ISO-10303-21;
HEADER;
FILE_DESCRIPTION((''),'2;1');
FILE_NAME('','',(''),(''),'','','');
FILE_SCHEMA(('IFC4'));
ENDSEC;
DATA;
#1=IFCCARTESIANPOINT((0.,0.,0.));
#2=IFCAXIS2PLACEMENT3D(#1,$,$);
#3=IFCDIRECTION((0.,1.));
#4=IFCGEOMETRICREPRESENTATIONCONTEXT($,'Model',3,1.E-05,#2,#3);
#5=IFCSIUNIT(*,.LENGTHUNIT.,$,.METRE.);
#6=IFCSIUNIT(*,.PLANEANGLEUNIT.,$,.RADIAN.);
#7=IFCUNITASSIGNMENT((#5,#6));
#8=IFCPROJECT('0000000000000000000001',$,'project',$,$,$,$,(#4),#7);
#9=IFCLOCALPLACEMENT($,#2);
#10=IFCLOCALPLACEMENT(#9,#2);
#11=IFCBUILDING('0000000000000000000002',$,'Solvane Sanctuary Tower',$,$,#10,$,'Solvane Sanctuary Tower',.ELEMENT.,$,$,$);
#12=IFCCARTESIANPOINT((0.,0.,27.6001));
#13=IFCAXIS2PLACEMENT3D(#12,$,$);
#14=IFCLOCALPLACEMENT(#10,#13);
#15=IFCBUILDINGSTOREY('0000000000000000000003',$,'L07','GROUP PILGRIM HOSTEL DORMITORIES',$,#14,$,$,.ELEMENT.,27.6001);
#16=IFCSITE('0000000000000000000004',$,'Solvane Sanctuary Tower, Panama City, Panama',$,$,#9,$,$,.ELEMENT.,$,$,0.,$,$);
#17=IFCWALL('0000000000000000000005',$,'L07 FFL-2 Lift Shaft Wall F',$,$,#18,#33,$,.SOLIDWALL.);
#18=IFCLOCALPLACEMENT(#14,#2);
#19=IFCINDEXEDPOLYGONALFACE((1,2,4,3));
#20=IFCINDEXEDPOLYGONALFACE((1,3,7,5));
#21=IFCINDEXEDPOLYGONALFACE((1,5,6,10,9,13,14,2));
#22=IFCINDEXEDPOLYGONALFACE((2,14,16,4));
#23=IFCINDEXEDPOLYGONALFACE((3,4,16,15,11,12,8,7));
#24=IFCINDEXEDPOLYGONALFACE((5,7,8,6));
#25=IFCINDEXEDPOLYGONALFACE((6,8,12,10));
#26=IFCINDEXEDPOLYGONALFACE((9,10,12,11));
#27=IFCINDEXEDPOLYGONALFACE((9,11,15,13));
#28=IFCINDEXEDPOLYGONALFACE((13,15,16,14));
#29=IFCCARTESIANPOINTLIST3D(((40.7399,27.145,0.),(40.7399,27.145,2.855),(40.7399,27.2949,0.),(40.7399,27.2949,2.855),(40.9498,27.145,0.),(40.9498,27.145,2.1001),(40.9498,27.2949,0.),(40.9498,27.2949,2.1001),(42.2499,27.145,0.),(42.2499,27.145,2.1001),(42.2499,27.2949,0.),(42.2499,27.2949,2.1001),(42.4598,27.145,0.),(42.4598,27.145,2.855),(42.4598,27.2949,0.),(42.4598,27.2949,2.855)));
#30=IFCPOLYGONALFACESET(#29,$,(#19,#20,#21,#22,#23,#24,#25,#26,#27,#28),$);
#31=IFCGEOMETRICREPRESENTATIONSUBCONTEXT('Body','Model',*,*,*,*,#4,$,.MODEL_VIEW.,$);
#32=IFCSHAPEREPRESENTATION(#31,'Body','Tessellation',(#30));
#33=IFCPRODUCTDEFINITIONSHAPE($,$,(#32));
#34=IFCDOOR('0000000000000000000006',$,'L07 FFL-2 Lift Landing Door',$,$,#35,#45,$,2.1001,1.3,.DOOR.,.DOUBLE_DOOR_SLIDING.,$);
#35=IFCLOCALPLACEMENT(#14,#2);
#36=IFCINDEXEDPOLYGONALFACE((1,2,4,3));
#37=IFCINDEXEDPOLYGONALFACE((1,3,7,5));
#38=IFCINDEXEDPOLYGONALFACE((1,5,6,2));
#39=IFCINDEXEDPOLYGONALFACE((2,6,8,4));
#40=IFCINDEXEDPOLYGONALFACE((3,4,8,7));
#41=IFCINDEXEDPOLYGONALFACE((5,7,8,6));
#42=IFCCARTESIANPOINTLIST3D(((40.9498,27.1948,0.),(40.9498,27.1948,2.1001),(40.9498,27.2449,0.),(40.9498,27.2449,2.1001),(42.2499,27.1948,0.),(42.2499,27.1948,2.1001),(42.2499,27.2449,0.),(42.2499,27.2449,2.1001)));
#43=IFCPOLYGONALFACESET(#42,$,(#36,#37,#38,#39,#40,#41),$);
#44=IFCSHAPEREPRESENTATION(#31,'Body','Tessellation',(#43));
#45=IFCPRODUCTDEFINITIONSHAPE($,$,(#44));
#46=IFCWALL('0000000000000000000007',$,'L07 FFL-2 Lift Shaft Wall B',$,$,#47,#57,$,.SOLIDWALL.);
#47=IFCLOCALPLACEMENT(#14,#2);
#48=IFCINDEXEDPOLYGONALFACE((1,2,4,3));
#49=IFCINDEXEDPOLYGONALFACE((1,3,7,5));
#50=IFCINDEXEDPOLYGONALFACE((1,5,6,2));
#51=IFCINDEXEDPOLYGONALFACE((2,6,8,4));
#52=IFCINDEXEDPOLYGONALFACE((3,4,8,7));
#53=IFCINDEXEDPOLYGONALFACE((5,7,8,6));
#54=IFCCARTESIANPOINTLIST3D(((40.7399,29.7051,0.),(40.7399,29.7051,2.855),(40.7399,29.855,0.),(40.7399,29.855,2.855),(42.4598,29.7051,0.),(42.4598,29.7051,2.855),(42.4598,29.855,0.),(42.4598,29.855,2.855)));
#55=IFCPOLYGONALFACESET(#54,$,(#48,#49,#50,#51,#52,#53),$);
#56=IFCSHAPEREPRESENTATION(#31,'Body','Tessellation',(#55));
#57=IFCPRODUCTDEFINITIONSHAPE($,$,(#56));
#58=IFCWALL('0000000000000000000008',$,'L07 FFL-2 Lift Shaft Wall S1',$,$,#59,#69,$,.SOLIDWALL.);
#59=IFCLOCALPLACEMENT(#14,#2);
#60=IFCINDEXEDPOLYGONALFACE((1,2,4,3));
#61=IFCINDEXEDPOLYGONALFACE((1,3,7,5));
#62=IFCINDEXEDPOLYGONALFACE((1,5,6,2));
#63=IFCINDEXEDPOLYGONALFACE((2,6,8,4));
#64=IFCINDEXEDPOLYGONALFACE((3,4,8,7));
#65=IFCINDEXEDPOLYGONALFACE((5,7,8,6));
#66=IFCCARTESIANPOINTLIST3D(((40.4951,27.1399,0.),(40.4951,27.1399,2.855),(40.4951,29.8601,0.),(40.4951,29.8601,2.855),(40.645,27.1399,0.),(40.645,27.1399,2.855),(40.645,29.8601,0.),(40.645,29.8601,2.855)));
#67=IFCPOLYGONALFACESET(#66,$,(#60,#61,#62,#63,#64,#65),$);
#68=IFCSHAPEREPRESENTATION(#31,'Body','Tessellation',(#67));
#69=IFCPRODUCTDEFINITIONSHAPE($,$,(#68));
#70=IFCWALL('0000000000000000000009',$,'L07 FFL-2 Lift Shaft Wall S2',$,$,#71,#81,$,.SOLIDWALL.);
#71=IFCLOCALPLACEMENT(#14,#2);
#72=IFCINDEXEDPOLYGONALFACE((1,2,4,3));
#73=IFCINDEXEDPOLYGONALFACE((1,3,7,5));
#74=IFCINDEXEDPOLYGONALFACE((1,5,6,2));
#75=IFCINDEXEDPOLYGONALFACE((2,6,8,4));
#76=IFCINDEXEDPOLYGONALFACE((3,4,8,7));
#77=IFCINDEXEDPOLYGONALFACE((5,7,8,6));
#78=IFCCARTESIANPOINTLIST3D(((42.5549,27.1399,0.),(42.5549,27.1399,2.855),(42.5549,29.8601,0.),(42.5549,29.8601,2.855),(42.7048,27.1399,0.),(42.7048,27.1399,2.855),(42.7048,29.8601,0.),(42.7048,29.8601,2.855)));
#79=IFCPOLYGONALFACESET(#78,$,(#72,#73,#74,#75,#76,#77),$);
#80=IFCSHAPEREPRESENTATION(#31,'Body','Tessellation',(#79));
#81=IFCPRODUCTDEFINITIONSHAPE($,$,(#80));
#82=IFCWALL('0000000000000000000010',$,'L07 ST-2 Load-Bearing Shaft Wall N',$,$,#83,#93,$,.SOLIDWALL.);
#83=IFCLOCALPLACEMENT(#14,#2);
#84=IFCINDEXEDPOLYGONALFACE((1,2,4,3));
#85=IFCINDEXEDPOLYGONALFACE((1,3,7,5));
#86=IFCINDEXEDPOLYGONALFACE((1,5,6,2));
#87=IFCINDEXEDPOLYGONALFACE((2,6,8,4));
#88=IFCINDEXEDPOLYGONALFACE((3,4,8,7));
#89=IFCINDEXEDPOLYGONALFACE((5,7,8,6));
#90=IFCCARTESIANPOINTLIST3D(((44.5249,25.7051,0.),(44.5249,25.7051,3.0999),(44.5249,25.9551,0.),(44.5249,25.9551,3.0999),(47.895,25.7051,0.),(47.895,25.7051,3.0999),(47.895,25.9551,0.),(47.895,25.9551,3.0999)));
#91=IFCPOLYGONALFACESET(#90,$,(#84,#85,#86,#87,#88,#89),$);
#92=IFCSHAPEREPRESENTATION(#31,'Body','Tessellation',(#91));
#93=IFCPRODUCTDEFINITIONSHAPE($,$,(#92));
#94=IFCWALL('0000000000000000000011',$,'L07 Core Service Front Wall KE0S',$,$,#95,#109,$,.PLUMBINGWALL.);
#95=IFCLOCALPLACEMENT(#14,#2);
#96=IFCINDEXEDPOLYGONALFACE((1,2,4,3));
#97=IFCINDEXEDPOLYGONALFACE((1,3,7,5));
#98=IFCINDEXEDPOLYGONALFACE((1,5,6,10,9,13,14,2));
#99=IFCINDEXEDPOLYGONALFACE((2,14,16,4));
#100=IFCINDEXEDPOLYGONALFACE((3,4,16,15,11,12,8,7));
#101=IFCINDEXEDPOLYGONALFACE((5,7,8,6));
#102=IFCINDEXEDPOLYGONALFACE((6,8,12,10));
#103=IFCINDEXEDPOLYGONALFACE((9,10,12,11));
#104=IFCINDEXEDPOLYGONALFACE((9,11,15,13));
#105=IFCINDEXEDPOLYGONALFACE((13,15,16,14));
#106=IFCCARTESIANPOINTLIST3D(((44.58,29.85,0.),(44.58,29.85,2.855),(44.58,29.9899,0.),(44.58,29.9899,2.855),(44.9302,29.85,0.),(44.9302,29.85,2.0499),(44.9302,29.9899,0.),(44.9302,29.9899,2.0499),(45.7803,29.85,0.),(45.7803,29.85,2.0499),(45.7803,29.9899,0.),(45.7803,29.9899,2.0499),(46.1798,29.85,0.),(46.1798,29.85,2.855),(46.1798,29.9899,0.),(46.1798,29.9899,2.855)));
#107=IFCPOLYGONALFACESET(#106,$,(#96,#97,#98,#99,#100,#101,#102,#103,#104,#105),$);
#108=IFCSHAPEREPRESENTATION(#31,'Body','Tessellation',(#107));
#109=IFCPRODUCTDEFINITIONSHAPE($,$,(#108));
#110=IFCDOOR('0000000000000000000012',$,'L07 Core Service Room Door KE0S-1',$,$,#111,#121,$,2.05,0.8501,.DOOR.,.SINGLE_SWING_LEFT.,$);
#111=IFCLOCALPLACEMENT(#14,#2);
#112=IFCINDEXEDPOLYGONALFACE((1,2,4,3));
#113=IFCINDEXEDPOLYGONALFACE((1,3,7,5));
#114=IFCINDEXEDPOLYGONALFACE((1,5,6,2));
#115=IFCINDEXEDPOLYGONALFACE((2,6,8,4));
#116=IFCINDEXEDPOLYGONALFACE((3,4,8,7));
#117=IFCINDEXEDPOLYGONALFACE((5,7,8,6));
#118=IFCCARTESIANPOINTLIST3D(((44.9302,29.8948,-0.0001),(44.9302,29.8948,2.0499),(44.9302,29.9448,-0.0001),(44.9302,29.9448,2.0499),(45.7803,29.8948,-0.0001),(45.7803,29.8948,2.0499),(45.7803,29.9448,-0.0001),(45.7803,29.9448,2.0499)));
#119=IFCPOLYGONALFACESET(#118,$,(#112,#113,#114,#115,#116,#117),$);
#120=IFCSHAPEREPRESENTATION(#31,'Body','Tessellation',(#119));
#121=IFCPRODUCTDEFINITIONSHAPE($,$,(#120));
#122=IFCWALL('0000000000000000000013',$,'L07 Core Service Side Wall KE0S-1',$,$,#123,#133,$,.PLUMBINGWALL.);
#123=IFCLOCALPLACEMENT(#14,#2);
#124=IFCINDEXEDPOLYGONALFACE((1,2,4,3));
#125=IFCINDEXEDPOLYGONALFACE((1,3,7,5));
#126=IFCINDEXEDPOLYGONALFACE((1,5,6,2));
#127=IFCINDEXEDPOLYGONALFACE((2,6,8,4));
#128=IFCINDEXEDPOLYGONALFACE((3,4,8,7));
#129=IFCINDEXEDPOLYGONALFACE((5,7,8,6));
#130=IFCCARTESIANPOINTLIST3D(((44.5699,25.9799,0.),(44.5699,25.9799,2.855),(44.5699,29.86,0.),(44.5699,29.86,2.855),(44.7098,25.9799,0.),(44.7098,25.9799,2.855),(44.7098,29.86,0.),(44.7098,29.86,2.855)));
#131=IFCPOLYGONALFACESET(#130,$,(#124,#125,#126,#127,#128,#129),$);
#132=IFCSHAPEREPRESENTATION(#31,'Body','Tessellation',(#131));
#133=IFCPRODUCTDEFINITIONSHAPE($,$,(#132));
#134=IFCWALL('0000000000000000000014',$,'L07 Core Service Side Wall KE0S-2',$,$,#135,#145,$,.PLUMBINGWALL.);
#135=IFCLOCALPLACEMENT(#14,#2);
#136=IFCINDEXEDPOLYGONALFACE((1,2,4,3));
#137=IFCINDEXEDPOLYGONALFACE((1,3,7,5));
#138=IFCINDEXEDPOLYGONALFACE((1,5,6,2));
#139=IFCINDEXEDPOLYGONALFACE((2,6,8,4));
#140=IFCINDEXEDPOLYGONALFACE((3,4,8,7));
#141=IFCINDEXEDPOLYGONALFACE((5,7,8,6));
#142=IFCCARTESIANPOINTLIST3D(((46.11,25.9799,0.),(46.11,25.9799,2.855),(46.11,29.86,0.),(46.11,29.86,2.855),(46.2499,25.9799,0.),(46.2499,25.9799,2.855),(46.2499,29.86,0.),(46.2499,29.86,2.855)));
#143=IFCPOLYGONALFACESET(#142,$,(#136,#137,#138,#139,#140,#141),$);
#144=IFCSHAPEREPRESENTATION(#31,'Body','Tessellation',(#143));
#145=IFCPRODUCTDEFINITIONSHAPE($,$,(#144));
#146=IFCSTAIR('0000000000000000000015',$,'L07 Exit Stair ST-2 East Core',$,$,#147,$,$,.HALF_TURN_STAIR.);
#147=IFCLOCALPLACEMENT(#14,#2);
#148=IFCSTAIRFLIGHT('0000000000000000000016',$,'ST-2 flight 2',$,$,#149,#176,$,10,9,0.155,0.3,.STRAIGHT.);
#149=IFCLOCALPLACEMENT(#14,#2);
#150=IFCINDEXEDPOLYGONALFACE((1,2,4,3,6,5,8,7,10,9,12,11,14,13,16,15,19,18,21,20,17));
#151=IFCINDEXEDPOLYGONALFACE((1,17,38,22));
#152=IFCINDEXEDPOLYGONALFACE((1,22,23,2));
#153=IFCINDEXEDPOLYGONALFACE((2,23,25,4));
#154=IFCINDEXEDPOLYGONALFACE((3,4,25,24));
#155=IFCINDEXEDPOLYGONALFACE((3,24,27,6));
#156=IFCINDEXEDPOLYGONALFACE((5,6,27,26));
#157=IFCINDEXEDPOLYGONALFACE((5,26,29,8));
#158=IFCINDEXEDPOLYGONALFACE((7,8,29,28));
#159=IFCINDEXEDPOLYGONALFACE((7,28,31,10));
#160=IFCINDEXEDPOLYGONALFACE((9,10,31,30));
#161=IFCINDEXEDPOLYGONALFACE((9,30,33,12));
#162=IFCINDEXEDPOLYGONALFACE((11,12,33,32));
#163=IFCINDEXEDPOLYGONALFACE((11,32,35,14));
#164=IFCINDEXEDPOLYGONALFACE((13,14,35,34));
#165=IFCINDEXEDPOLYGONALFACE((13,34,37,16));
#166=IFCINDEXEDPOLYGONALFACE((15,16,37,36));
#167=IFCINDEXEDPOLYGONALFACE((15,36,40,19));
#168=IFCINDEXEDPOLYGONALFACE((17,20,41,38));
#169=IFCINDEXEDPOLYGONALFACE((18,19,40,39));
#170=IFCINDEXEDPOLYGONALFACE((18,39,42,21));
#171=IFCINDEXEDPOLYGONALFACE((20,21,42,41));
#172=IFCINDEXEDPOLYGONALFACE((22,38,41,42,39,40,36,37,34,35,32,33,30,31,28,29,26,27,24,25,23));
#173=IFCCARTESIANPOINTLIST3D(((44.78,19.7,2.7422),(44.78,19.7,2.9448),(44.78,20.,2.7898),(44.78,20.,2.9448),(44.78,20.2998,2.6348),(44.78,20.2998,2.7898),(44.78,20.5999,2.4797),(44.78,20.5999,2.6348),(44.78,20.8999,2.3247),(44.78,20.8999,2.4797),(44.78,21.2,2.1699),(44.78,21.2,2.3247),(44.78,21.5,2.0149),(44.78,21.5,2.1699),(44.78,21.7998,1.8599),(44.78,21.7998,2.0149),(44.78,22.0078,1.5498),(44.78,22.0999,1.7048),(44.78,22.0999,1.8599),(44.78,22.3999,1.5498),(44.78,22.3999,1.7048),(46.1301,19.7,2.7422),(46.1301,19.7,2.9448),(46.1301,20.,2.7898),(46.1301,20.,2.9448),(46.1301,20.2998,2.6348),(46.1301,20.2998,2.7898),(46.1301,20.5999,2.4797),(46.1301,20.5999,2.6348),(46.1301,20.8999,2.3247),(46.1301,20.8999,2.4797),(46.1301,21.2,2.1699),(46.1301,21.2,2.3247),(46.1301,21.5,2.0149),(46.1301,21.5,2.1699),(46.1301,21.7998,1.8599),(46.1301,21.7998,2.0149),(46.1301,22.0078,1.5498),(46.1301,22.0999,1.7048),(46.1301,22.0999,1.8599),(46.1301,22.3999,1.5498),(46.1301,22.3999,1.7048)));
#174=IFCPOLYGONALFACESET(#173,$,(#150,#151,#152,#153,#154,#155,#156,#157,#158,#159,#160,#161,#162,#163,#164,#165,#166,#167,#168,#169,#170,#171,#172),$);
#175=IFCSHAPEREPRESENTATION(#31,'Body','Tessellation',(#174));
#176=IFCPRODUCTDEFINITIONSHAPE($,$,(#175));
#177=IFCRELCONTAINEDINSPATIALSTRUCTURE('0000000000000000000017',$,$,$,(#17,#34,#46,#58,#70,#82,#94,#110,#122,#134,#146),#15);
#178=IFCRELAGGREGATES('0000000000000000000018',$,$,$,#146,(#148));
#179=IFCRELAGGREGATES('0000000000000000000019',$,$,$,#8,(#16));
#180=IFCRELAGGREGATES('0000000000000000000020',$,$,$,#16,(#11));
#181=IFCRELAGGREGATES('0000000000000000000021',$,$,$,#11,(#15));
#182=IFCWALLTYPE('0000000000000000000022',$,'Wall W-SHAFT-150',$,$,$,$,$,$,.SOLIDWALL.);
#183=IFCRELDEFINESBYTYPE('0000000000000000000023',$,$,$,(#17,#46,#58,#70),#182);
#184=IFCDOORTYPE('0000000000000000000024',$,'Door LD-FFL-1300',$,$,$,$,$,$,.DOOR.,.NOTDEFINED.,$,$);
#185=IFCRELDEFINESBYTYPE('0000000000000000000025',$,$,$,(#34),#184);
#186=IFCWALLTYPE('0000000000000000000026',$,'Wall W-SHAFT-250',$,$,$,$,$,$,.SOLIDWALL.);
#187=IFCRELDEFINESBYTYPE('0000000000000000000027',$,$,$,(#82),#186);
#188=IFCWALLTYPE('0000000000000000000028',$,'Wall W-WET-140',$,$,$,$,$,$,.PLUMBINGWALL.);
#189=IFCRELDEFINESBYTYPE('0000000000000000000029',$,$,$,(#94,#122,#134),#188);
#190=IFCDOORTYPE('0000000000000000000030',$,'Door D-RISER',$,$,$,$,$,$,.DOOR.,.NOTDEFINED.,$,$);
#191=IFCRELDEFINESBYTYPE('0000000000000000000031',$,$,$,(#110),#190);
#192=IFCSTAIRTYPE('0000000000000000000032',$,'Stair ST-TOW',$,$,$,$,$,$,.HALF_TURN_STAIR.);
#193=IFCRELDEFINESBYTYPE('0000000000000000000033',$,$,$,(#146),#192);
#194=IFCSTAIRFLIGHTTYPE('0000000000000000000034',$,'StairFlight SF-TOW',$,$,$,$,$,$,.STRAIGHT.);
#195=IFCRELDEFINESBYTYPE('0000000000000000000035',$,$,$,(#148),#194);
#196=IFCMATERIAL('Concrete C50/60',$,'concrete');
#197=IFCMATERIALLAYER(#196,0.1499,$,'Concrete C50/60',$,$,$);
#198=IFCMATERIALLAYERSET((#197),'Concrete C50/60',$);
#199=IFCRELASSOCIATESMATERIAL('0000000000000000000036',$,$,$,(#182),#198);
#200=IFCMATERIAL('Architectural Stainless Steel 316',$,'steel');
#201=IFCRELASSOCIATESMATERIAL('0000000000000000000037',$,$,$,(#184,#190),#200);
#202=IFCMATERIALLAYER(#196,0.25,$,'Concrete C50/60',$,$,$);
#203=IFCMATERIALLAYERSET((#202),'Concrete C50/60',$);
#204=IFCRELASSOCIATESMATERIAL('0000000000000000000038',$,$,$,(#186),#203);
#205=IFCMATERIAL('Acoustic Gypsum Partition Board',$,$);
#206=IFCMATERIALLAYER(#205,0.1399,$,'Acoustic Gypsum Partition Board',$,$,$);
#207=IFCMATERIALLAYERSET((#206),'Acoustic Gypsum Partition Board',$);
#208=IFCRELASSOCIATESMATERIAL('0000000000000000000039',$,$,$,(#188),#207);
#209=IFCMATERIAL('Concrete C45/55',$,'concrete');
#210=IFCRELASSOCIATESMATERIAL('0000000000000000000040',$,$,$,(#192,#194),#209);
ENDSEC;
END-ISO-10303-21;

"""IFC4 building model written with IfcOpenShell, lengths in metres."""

from ifc_helpers import new_model, si_unit, direction, frame, frame_2d, origin, place, context, subcontext, project, spatial, polyline, rectangle, outline, extrude, material, layer, layer_set, type_object, element, fill, aggregate, save


model = new_model("IFC4")

# Units and contexts
model_context = context("Model", 3, precision=1e-05, world=origin(), true_north=direction((0.0, 1.0)))
body_context = subcontext(model_context, "Body", "Model", "MODEL_VIEW")
ifc_project = project(units=[si_unit("LENGTHUNIT", "METRE"), si_unit("PLANEANGLEUNIT", "RADIAN")], contexts=[model_context])

# Site, building, storey
site_placement = place(None, origin())
site = spatial("IfcSite", under=ifc_project, at=site_placement, Name="Solvane Sanctuary Tower, Panama City, Panama", CompositionType="ELEMENT", RefElevation=0.0)
building_placement = place(site_placement, origin())
building = spatial("IfcBuilding", under=site, at=building_placement, Name="Solvane Sanctuary Tower", LongName="Solvane Sanctuary Tower", CompositionType="ELEMENT")
storey_placement = place(building_placement, frame((0.0, 0.0, 27.6001)))
storey = spatial("IfcBuildingStorey", under=building, at=storey_placement, Name="L07", Description="GROUP PILGRIM HOSTEL DORMITORIES", CompositionType="ELEMENT", Elevation=27.6001)

# Shared definitions
ifc_material_1 = material(Name="Acoustic Gypsum Partition Board")

# Shared definitions
ifc_material_2 = material(Name="Concrete C50/60", Category="concrete")
ifc_layer_1 = layer(ifc_material_2, 0.1499, Name="Concrete C50/60")
ifc_layer_set_1 = layer_set([ifc_layer_1], Name="Concrete C50/60")
wall_type_1 = type_object("IfcWallType", Name="Wall W-SHAFT-150", PredefinedType="SOLIDWALL", material=ifc_layer_set_1)

# Wall, opening, door
wall_1_placement = place(storey_placement, frame((40.74, 27.22, 0.0), z_axis=(0.0, 0.0, 1.0), x_axis=(1.0, 0.0, 0.0)))
wall_1 = element("IfcWall", 1, at=wall_1_placement, inside=storey, type_object=wall_type_1, Name="L07 FFL-2 Lift Shaft Wall F", PredefinedType="SOLIDWALL", context=body_context, shape_type="SweptSolid", body=[
    extrude(rectangle(XDim=1.72, YDim=0.1499, at=frame_2d((0.8599, 0.0))), origin(), (0.0, 0.0, 1.0), 2.855),
])
opening_1_placement = place(wall_1_placement, frame((0.21, 0.0, 0.0)))
opening_1 = element("IfcOpeningElement", 2, at=opening_1_placement, cuts=wall_1, PredefinedType="OPENING", context=body_context, shape_type="SweptSolid", body=[
    extrude(rectangle(XDim=1.3, YDim=2.1001, at=frame_2d((0.6499, 1.05))), frame((0.0, 0.085, 0.0), z_axis=(0.0, -1.0, 0.0), x_axis=(1.0, 0.0, 0.0)), (0.0, 0.0, 1.0), 0.1699),
])
ifc_material_3 = material(Name="Architectural Stainless Steel 316", Category="steel")
door_type_1 = type_object("IfcDoorType", Name="Door LD-FFL-1300", OperationType="NOTDEFINED", PredefinedType="DOOR", material=ifc_material_3)
door_1_placement = place(opening_1_placement, origin())
door_1 = element("IfcDoor", 3, at=door_1_placement, inside=storey, type_object=door_type_1, Name="L07 FFL-2 Lift Landing Door", OperationType="DOUBLE_DOOR_SLIDING", OverallHeight=2.1001, OverallWidth=1.3, PredefinedType="DOOR", context=body_context, shape_type="SweptSolid", body=[
    extrude(rectangle(XDim=1.3, YDim=2.1001, at=frame_2d((0.6499, 1.05))), frame((0.0, 0.0249, 0.0), z_axis=(0.0, -1.0, 0.0), x_axis=(1.0, 0.0, 0.0)), (0.0, 0.0, 1.0), 0.05),
])
fill(opening_1, door_1)

# Walls
wall_2_placement = place(storey_placement, frame((40.74, 29.78, 0.0), z_axis=(0.0, 0.0, 1.0), x_axis=(1.0, 0.0, 0.0)))
element("IfcWall", 4, at=wall_2_placement, inside=storey, type_object=wall_type_1, Name="L07 FFL-2 Lift Shaft Wall B", PredefinedType="SOLIDWALL", context=body_context, shape_type="SweptSolid", body=[
    extrude(rectangle(XDim=1.72, YDim=0.1499, at=frame_2d((0.8599, 0.0))), origin(), (0.0, 0.0, 1.0), 2.855),
])
for number, where, z_axis, x_axis, name in (
    (5, (40.5701, 27.1399, 0.0), (0.0, 0.0, 1.0), (0.0, 1.0, 0.0), "L07 FFL-2 Lift Shaft Wall S1"),
    (6, (42.6299, 27.1399, 0.0), (0.0, 0.0, 1.0), (0.0, 1.0, 0.0), "L07 FFL-2 Lift Shaft Wall S2"),
):
    element("IfcWall", number, at=place(storey_placement, frame(where, z_axis=z_axis, x_axis=x_axis)), inside=storey, type_object=wall_type_1, Name=name, PredefinedType="SOLIDWALL", context=body_context, shape_type="SweptSolid", body=[
        extrude(rectangle(XDim=2.7202, YDim=0.1499, at=frame_2d((1.3601, 0.0))), origin(), (0.0, 0.0, 1.0), 2.855),
    ])
ifc_layer_2 = layer(ifc_material_2, 0.25, Name="Concrete C50/60")
ifc_layer_set_2 = layer_set([ifc_layer_2], Name="Concrete C50/60")
wall_type_2 = type_object("IfcWallType", Name="Wall W-SHAFT-250", PredefinedType="SOLIDWALL", material=ifc_layer_set_2)
wall_3_placement = place(storey_placement, frame((44.5249, 25.8301, 0.0), z_axis=(0.0, 0.0, 1.0), x_axis=(1.0, 0.0, 0.0)))
element("IfcWall", 7, at=wall_3_placement, inside=storey, type_object=wall_type_2, Name="L07 ST-2 Load-Bearing Shaft Wall N", PredefinedType="SOLIDWALL", context=body_context, shape_type="SweptSolid", body=[
    extrude(rectangle(XDim=3.3701, YDim=0.25, at=frame_2d((1.6851, 0.0))), origin(), (0.0, 0.0, 1.0), 3.0999),
])

# Wall, opening, door
ifc_layer_3 = layer(ifc_material_1, 0.1399, Name="Acoustic Gypsum Partition Board")
ifc_layer_set_3 = layer_set([ifc_layer_3], Name="Acoustic Gypsum Partition Board")
wall_type_3 = type_object("IfcWallType", Name="Wall W-WET-140", PredefinedType="PLUMBINGWALL", material=ifc_layer_set_3)
wall_4_placement = place(storey_placement, frame((44.5801, 29.9199, 0.0), z_axis=(0.0, 0.0, 1.0), x_axis=(1.0, 0.0, 0.0)))
wall_4 = element("IfcWall", 8, at=wall_4_placement, inside=storey, type_object=wall_type_3, Name="L07 Core Service Front Wall KE0S", PredefinedType="PLUMBINGWALL", context=body_context, shape_type="SweptSolid", body=[
    extrude(rectangle(XDim=1.5999, YDim=0.1399, at=frame_2d((0.7998, 0.0))), origin(), (0.0, 0.0, 1.0), 2.855),
])
opening_2_placement = place(wall_4_placement, frame((0.3501, 0.0, 0.0)))
opening_2 = element("IfcOpeningElement", 9, at=opening_2_placement, cuts=wall_4, PredefinedType="OPENING", context=body_context, shape_type="SweptSolid", body=[
    extrude(rectangle(XDim=0.8501, YDim=2.05, at=frame_2d((0.425, 1.0249))), frame((0.0, 0.0798, 0.0), z_axis=(0.0, -1.0, 0.0), x_axis=(1.0, 0.0, 0.0)), (0.0, 0.0, 1.0), 0.1599),
])
door_type_2 = type_object("IfcDoorType", Name="Door D-RISER", OperationType="NOTDEFINED", PredefinedType="DOOR", material=ifc_material_3)
door_2_placement = place(opening_2_placement, origin())
door_2 = element("IfcDoor", 10, at=door_2_placement, inside=storey, type_object=door_type_2, Name="L07 Core Service Room Door KE0S-1", OperationType="SINGLE_SWING_LEFT", OverallHeight=2.05, OverallWidth=0.8501, PredefinedType="DOOR", context=body_context, shape_type="SweptSolid", body=[
    extrude(rectangle(XDim=0.8501, YDim=2.05, at=frame_2d((0.425, 1.0249))), frame((0.0, 0.0249, 0.0), z_axis=(0.0, -1.0, 0.0), x_axis=(1.0, 0.0, 0.0)), (0.0, 0.0, 1.0), 0.05),
])
fill(opening_2, door_2)

# Walls
for number, where, z_axis, x_axis, name in (
    (11, (44.6399, 25.98, 0.0), (0.0, 0.0, 1.0), (0.0, 1.0, 0.0), "L07 Core Service Side Wall KE0S-1"),
    (12, (46.1799, 25.98, 0.0), (0.0, 0.0, 1.0), (0.0, 1.0, 0.0), "L07 Core Service Side Wall KE0S-2"),
):
    element("IfcWall", number, at=place(storey_placement, frame(where, z_axis=z_axis, x_axis=x_axis)), inside=storey, type_object=wall_type_3, Name=name, PredefinedType="PLUMBINGWALL", context=body_context, shape_type="SweptSolid", body=[
        extrude(rectangle(XDim=3.8801, YDim=0.1399, at=frame_2d((1.9399, 0.0))), origin(), (0.0, 0.0, 1.0), 2.855),
    ])

# Stair, stair flight
ifc_material_4 = material(Name="Concrete C45/55", Category="concrete")
stair_type = type_object("IfcStairType", Name="Stair ST-TOW", PredefinedType="HALF_TURN_STAIR", material=ifc_material_4)
stair_placement = place(storey_placement, origin())
stair = element("IfcStair", 13, at=stair_placement, inside=storey, type_object=stair_type, Name="L07 Exit Stair ST-2 East Core", PredefinedType="HALF_TURN_STAIR")
stair_flight_type = type_object("IfcStairFlightType", Name="StairFlight SF-TOW", PredefinedType="STRAIGHT", material=ifc_material_4)
stair_flight_placement = place(storey_placement, frame((45.4551, 22.3999, 1.5498), z_axis=(0.0, 0.0, 1.0), x_axis=(0.0, -1.0, 0.0)))
stair_flight = element("IfcStairFlight", 14, at=stair_flight_placement, type_object=stair_flight_type, Name="ST-2 flight 2", NumberOfRisers=10, NumberOfTreads=9, PredefinedType="STRAIGHT", RiserHeight=0.155, TreadLength=0.3, context=body_context, shape_type="SweptSolid", body=[
    extrude(outline(polyline([(0.0, 0.0), (0.0, 0.155), (0.3, 0.155), (0.3, 0.3101), (0.6001, 0.3101), (0.6001, 0.4651), (0.8999, 0.4651), (0.8999, 0.6201), (1.2, 0.6201), (1.2, 0.7749), (1.5, 0.7749), (1.5, 0.9299), (1.8, 0.9299), (1.8, 1.085), (2.1001, 1.085), (2.1001, 1.24), (2.3999, 1.24), (2.3999, 1.395), (2.7, 1.395), (2.7, 1.55), (2.7, 1.1924), (0.3921, 0.0), (0.0, 0.0)])), frame((0.0, 0.675, 0.0), z_axis=(0.0, -1.0, 0.0), x_axis=(1.0, 0.0, 0.0)), (0.0, 0.0, 1.0), 1.3501),
])
aggregate(stair, [stair_flight])

save(model, "model.ifc")
